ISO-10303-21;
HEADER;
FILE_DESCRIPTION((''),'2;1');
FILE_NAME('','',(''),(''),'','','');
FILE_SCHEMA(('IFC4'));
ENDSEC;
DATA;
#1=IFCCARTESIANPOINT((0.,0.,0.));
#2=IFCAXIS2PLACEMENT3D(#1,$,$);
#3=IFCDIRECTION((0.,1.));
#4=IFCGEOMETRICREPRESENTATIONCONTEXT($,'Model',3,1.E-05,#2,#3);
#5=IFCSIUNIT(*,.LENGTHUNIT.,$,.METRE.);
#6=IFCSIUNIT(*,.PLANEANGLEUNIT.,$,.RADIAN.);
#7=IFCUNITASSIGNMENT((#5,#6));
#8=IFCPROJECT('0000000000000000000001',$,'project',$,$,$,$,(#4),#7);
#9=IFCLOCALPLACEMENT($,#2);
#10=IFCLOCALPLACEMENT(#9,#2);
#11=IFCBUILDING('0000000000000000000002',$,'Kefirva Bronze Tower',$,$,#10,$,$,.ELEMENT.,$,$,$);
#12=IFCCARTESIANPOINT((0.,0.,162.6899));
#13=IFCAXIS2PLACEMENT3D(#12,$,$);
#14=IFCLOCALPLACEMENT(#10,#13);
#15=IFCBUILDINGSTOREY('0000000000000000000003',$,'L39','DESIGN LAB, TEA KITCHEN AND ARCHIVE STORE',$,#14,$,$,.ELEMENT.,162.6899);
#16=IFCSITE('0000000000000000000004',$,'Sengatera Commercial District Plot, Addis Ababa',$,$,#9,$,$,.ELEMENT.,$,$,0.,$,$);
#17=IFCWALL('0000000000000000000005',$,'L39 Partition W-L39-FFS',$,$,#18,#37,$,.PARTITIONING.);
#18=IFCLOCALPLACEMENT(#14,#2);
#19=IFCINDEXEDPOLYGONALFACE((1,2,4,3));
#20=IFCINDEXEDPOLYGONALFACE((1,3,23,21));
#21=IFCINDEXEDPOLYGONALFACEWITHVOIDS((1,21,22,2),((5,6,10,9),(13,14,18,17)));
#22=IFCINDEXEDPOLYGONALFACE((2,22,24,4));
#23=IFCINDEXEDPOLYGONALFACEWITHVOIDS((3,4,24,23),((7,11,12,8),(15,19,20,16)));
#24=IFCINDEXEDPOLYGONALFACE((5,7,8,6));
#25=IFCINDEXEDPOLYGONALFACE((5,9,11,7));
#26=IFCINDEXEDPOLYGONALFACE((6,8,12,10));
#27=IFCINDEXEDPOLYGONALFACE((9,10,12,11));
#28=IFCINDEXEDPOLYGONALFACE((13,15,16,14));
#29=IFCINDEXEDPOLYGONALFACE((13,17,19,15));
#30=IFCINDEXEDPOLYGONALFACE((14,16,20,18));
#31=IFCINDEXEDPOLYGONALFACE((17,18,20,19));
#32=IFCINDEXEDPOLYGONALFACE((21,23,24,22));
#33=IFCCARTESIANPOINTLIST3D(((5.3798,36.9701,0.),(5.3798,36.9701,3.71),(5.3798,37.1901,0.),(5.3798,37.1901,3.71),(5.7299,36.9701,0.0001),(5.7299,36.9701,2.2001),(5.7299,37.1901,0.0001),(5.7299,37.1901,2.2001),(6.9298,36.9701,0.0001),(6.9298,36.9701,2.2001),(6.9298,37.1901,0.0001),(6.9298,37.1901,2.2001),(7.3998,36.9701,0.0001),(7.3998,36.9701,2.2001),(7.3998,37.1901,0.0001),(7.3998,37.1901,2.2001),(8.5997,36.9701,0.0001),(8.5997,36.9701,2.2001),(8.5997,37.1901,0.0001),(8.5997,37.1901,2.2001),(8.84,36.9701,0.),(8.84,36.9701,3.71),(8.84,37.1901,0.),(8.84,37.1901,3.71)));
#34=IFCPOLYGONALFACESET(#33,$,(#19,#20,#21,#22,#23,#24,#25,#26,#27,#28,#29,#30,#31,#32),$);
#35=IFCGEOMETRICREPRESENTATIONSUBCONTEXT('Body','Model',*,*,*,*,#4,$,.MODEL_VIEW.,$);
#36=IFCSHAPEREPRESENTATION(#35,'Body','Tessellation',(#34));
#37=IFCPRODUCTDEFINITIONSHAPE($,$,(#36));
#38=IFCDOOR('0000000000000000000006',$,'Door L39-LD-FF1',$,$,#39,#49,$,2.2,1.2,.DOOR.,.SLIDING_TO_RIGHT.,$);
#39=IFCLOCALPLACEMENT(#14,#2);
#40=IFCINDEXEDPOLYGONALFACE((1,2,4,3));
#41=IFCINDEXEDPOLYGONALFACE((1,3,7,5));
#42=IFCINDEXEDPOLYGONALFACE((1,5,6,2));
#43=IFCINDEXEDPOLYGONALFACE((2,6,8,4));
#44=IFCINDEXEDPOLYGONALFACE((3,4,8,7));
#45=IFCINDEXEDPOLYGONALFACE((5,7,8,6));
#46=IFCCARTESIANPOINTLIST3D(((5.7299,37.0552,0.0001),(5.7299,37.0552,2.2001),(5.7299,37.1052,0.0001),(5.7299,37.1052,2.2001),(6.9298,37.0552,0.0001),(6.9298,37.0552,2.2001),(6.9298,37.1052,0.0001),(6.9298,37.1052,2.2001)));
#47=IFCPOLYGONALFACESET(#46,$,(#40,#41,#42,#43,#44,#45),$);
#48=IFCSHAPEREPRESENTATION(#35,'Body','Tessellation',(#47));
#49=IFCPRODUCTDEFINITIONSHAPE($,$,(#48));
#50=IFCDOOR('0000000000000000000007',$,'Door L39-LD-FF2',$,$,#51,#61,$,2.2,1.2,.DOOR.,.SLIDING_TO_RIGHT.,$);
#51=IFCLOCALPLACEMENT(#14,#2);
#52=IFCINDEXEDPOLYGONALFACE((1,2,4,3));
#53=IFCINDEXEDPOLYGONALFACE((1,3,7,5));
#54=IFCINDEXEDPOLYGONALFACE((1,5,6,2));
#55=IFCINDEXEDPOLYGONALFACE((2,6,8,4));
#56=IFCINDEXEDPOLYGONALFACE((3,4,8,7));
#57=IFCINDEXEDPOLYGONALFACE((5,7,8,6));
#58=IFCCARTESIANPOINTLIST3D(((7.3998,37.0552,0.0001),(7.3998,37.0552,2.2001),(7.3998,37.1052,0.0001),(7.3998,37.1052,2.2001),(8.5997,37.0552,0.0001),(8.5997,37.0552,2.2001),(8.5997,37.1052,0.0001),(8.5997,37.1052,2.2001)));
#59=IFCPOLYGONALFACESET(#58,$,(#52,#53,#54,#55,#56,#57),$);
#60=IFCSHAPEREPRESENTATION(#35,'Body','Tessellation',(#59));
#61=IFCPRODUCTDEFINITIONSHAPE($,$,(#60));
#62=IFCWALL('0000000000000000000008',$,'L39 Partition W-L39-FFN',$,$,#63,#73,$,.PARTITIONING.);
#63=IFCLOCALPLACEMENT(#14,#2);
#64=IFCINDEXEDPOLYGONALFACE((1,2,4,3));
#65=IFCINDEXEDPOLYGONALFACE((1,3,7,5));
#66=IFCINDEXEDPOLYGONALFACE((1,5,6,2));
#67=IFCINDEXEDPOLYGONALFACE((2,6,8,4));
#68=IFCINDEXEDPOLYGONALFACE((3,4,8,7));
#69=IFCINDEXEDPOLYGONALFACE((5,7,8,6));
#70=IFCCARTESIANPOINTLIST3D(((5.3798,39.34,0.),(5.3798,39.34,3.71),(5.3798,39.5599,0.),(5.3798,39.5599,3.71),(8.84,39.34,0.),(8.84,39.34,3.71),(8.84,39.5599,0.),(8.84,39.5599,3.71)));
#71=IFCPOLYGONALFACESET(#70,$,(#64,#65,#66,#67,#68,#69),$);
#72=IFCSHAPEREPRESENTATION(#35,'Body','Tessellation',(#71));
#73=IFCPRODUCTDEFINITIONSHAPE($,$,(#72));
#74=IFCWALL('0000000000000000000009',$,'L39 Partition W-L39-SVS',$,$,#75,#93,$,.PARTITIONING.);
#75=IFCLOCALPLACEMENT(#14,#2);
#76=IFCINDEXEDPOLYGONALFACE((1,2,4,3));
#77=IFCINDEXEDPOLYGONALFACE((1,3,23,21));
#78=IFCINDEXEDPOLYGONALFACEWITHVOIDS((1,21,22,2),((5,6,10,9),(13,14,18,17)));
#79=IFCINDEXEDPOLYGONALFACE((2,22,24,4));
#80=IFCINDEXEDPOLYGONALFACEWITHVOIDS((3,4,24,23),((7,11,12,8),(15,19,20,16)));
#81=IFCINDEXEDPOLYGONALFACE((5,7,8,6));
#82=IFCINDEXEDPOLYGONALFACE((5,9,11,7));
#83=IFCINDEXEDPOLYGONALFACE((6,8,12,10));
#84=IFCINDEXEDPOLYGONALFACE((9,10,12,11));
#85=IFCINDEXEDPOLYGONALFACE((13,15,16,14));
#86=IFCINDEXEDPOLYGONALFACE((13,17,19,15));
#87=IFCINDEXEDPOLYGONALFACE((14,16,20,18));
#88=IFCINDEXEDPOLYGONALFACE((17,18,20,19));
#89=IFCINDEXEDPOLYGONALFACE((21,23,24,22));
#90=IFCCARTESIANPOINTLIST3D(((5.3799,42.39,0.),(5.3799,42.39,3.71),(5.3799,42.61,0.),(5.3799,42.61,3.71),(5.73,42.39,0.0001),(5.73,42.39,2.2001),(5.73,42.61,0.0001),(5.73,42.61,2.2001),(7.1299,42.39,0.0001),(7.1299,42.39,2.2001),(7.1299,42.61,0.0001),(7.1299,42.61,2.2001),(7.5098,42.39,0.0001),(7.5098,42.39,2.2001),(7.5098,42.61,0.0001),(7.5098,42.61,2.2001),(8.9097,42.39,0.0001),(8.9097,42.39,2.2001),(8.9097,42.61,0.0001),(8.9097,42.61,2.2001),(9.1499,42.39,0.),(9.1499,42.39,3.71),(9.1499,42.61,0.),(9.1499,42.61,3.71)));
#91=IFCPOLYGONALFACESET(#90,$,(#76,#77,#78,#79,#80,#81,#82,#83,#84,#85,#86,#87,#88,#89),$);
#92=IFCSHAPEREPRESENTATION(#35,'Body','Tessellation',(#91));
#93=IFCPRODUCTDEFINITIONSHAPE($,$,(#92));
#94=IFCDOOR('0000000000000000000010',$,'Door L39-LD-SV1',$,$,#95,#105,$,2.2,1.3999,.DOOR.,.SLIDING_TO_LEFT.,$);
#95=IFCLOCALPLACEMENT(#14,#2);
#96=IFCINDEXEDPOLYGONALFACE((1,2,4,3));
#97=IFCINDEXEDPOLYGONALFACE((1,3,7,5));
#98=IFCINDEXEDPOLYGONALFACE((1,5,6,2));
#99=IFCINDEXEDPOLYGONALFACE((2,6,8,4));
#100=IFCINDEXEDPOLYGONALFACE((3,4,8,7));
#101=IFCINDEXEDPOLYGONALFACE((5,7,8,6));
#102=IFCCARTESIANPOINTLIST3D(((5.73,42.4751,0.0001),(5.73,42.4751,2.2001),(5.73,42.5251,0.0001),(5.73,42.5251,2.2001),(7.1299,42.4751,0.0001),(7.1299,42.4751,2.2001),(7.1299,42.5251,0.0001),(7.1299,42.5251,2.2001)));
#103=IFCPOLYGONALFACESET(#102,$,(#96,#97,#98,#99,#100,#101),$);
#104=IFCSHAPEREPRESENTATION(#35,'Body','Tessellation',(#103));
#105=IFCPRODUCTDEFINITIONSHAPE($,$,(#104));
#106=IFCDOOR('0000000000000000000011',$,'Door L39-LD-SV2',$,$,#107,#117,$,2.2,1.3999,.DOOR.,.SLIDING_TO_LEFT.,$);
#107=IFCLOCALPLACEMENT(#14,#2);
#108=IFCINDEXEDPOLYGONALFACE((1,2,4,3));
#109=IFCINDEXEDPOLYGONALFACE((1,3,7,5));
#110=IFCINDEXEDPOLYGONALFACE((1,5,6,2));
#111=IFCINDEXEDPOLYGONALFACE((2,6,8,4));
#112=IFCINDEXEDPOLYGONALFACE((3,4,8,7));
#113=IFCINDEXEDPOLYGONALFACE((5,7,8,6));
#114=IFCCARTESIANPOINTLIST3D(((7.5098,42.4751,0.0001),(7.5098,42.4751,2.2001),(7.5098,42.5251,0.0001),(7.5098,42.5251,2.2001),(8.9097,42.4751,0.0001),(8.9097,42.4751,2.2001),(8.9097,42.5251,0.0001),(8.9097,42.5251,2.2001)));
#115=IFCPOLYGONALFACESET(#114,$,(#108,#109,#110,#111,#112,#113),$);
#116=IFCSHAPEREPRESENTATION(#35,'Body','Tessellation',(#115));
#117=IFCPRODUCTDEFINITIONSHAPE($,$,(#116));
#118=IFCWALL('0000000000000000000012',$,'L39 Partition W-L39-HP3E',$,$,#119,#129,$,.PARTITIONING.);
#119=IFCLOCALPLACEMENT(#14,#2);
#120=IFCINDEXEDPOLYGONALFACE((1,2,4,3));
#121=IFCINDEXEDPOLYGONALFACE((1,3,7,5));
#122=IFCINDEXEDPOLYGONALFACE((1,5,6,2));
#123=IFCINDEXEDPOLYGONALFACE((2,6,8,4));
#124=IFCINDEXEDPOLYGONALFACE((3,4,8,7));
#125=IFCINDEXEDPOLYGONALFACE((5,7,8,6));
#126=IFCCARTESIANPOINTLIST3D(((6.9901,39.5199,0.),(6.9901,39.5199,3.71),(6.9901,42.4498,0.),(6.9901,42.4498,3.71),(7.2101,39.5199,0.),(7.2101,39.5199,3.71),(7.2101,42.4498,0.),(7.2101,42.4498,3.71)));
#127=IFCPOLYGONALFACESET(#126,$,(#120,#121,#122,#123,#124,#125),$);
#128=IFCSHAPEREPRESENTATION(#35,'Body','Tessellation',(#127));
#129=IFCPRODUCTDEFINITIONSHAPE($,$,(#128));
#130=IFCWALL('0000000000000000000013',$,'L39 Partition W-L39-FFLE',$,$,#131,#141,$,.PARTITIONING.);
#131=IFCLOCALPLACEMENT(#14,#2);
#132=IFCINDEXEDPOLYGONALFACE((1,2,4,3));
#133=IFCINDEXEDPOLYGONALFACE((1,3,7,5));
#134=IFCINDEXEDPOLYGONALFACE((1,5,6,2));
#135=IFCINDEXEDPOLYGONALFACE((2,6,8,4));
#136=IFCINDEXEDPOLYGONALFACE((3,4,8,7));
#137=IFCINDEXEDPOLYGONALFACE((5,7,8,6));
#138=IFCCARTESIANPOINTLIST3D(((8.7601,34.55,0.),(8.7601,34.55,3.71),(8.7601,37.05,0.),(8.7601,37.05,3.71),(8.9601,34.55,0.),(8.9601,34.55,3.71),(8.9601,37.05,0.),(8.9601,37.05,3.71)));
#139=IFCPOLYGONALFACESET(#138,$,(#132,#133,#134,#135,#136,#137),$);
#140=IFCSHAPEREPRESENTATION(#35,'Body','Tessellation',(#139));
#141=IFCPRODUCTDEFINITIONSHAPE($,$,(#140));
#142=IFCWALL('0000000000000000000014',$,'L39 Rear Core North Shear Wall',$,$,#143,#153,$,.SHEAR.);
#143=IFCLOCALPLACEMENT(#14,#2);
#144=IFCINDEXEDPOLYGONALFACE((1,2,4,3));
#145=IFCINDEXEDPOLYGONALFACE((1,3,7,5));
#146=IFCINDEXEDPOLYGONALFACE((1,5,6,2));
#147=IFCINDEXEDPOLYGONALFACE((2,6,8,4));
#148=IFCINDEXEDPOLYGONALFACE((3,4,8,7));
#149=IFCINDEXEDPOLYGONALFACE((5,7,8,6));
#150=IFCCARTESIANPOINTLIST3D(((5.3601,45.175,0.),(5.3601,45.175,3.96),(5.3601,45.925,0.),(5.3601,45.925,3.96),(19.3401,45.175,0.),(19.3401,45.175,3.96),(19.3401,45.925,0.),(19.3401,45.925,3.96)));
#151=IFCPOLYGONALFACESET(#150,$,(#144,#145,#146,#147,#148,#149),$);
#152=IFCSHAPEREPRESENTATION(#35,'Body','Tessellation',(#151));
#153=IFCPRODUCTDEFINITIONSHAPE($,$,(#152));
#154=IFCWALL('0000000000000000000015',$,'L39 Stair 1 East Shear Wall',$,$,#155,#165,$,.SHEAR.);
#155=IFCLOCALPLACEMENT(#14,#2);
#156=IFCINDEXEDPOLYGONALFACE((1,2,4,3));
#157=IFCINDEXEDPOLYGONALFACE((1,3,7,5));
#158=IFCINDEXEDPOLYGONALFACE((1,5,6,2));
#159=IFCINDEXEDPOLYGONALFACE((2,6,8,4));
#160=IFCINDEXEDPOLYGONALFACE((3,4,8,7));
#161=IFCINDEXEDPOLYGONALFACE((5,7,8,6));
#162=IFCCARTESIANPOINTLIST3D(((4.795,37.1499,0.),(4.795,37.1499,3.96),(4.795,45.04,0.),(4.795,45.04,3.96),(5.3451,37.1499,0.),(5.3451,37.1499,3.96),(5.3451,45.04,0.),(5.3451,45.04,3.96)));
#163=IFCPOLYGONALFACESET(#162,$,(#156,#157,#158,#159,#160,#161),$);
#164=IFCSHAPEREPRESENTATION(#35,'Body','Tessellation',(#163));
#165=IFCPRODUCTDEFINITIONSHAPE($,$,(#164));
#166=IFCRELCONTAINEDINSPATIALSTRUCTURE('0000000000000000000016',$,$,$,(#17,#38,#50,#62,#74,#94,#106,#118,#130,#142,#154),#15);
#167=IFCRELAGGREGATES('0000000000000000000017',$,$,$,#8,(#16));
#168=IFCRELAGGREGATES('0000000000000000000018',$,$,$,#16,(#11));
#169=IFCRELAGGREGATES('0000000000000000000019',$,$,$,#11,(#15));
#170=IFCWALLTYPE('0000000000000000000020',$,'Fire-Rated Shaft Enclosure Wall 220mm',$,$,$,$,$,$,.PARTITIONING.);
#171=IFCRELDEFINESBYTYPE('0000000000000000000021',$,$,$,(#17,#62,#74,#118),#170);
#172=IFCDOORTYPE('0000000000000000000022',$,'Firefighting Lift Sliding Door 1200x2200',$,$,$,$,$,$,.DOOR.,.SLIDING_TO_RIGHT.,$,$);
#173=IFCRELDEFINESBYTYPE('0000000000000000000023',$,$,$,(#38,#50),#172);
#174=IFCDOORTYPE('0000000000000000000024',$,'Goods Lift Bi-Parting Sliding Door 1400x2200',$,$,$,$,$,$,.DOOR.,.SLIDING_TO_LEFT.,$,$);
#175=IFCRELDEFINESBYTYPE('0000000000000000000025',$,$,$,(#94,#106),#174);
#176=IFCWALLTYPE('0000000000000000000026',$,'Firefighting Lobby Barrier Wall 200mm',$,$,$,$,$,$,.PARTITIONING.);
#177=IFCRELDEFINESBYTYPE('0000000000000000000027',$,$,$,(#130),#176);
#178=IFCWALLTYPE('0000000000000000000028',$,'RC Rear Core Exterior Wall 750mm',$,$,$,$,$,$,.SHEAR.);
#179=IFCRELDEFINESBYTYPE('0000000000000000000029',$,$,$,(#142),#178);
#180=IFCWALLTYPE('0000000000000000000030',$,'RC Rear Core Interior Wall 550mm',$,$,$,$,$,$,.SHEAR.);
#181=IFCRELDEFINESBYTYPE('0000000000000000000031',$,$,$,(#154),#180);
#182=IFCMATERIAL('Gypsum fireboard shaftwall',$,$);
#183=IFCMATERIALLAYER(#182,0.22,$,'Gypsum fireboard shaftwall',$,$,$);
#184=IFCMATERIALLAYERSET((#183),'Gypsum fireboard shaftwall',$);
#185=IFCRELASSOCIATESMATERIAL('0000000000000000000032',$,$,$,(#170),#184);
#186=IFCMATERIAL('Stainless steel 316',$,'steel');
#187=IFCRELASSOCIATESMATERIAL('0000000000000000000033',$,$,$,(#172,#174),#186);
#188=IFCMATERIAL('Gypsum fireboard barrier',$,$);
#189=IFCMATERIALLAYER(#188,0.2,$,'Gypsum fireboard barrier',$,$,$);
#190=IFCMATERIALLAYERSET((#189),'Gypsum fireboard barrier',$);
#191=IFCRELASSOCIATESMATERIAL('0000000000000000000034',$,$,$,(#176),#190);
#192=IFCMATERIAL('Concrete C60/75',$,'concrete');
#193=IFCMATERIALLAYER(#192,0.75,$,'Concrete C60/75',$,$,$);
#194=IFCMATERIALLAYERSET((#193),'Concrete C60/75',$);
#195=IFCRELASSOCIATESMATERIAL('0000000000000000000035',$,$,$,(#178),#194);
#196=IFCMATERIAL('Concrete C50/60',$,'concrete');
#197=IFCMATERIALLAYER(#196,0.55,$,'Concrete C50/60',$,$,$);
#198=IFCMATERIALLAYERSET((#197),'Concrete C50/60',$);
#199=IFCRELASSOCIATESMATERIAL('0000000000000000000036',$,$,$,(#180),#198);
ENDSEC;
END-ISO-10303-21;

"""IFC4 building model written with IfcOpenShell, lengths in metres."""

from ifc_helpers import new_model, si_unit, direction, frame, frame_2d, origin, place, context, subcontext, project, spatial, rectangle, extrude, material, layer, layer_set, type_object, element, fill, save


model = new_model("IFC4")

# Units and contexts
model_context = context("Model", 3, precision=1e-05, world=origin(), true_north=direction((0.0, 1.0)))
body_context = subcontext(model_context, "Body", "Model", "MODEL_VIEW")
ifc_project = project(units=[si_unit("LENGTHUNIT", "METRE"), si_unit("PLANEANGLEUNIT", "RADIAN")], contexts=[model_context])

# Site, building, storey
site_placement = place(None, origin())
site = spatial("IfcSite", under=ifc_project, at=site_placement, Name="Sengatera Commercial District Plot, Addis Ababa", CompositionType="ELEMENT", RefElevation=0.0)
building_placement = place(site_placement, origin())
building = spatial("IfcBuilding", under=site, at=building_placement, Name="Kefirva Bronze Tower", CompositionType="ELEMENT")
storey_placement = place(building_placement, frame((0.0, 0.0, 162.6899)))
storey = spatial("IfcBuildingStorey", under=building, at=storey_placement, Name="L39", Description="DESIGN LAB, TEA KITCHEN AND ARCHIVE STORE", CompositionType="ELEMENT", Elevation=162.6899)

# Wall, openings, doors
ifc_material_1 = material(Name="Gypsum fireboard shaftwall")
ifc_layer_1 = layer(ifc_material_1, 0.22, Name="Gypsum fireboard shaftwall")
ifc_layer_set_1 = layer_set([ifc_layer_1], Name="Gypsum fireboard shaftwall")
wall_type_1 = type_object("IfcWallType", Name="Fire-Rated Shaft Enclosure Wall 220mm", PredefinedType="PARTITIONING", material=ifc_layer_set_1)
wall_1_placement = place(storey_placement, frame((5.3799, 37.0801, 0.0), z_axis=(0.0, 0.0, 1.0), x_axis=(1.0, 0.0, 0.0)))
wall_1 = element("IfcWall", 1, at=wall_1_placement, inside=storey, type_object=wall_type_1, Name="L39 Partition W-L39-FFS", PredefinedType="PARTITIONING", context=body_context, shape_type="SweptSolid", body=[
    extrude(rectangle(XDim=3.4602, YDim=0.22, at=frame_2d((1.73, 0.0))), origin(), (0.0, 0.0, 1.0), 3.71),
])
opening_1_placement = place(wall_1_placement, frame((1.55, 0.0, 0.0), z_axis=(0.0, 0.0, 1.0), x_axis=(-1.0, 0.0, 0.0)))
opening_1 = element("IfcOpeningElement", 2, at=opening_1_placement, cuts=wall_1, PredefinedType="OPENING", context=body_context, shape_type="SweptSolid", body=[
    extrude(rectangle(XDim=1.2, YDim=2.2, at=frame_2d((0.6001, 1.1001))), frame((0.0, 0.1201, 0.0), z_axis=(0.0, -1.0, 0.0), x_axis=(1.0, 0.0, 0.0)), (0.0, 0.0, 1.0), 0.24),
])
opening_2_placement = place(wall_1_placement, frame((3.22, 0.0, 0.0), z_axis=(0.0, 0.0, 1.0), x_axis=(-1.0, 0.0, 0.0)))
opening_2 = element("IfcOpeningElement", 3, at=opening_2_placement, cuts=wall_1, PredefinedType="OPENING", context=body_context, shape_type="SweptSolid", body=[
    extrude(rectangle(XDim=1.2, YDim=2.2, at=frame_2d((0.6001, 1.1001))), frame((0.0, 0.1201, 0.0), z_axis=(0.0, -1.0, 0.0), x_axis=(1.0, 0.0, 0.0)), (0.0, 0.0, 1.0), 0.24),
])
ifc_material_2 = material(Name="Stainless steel 316", Category="steel")
door_type_1 = type_object("IfcDoorType", Name="Firefighting Lift Sliding Door 1200x2200", OperationType="SLIDING_TO_RIGHT", PredefinedType="DOOR", material=ifc_material_2)
door_1_placement = place(opening_1_placement, origin())
door_1 = element("IfcDoor", 4, at=door_1_placement, inside=storey, type_object=door_type_1, Name="Door L39-LD-FF1", OperationType="SLIDING_TO_RIGHT", OverallHeight=2.2, OverallWidth=1.2, PredefinedType="DOOR", context=body_context, shape_type="SweptSolid", body=[
    extrude(rectangle(XDim=1.2, YDim=2.2, at=frame_2d((0.6001, 1.1001))), frame((0.0, 0.0249, 0.0), z_axis=(0.0, -1.0, 0.0), x_axis=(1.0, 0.0, 0.0)), (0.0, 0.0, 1.0), 0.05),
])
fill(opening_1, door_1)
door_2_placement = place(opening_2_placement, origin())
door_2 = element("IfcDoor", 5, at=door_2_placement, inside=storey, type_object=door_type_1, Name="Door L39-LD-FF2", OperationType="SLIDING_TO_RIGHT", OverallHeight=2.2, OverallWidth=1.2, PredefinedType="DOOR", context=body_context, shape_type="SweptSolid", body=[
    extrude(rectangle(XDim=1.2, YDim=2.2, at=frame_2d((0.6001, 1.1001))), frame((0.0, 0.0249, 0.0), z_axis=(0.0, -1.0, 0.0), x_axis=(1.0, 0.0, 0.0)), (0.0, 0.0, 1.0), 0.05),
])
fill(opening_2, door_2)

# Wall
wall_2_placement = place(storey_placement, frame((5.3799, 39.45, 0.0), z_axis=(0.0, 0.0, 1.0), x_axis=(1.0, 0.0, 0.0)))
element("IfcWall", 6, at=wall_2_placement, inside=storey, type_object=wall_type_1, Name="L39 Partition W-L39-FFN", PredefinedType="PARTITIONING", context=body_context, shape_type="SweptSolid", body=[
    extrude(rectangle(XDim=3.4602, YDim=0.22, at=frame_2d((1.73, 0.0))), origin(), (0.0, 0.0, 1.0), 3.71),
])

# Wall, openings, doors
wall_3_placement = place(storey_placement, frame((5.3799, 42.5, 0.0), z_axis=(0.0, 0.0, 1.0), x_axis=(1.0, 0.0, 0.0)))
wall_3 = element("IfcWall", 7, at=wall_3_placement, inside=storey, type_object=wall_type_1, Name="L39 Partition W-L39-SVS", PredefinedType="PARTITIONING", context=body_context, shape_type="SweptSolid", body=[
    extrude(rectangle(XDim=3.77, YDim=0.22, at=frame_2d((1.885, 0.0))), origin(), (0.0, 0.0, 1.0), 3.71),
])
opening_3_placement = place(wall_3_placement, frame((1.75, 0.0, 0.0), z_axis=(0.0, 0.0, 1.0), x_axis=(-1.0, 0.0, 0.0)))
opening_3 = element("IfcOpeningElement", 8, at=opening_3_placement, cuts=wall_3, PredefinedType="OPENING", context=body_context, shape_type="SweptSolid", body=[
    extrude(rectangle(XDim=1.3999, YDim=2.2, at=frame_2d((0.7, 1.1001))), frame((0.0, 0.1201, 0.0), z_axis=(0.0, -1.0, 0.0), x_axis=(1.0, 0.0, 0.0)), (0.0, 0.0, 1.0), 0.24),
])
opening_4_placement = place(wall_3_placement, frame((3.5298, 0.0, 0.0), z_axis=(0.0, 0.0, 1.0), x_axis=(-1.0, 0.0, 0.0)))
opening_4 = element("IfcOpeningElement", 9, at=opening_4_placement, cuts=wall_3, PredefinedType="OPENING", context=body_context, shape_type="SweptSolid", body=[
    extrude(rectangle(XDim=1.3999, YDim=2.2, at=frame_2d((0.7, 1.1001))), frame((0.0, 0.1201, 0.0), z_axis=(0.0, -1.0, 0.0), x_axis=(1.0, 0.0, 0.0)), (0.0, 0.0, 1.0), 0.24),
])
door_type_2 = type_object("IfcDoorType", Name="Goods Lift Bi-Parting Sliding Door 1400x2200", OperationType="SLIDING_TO_LEFT", PredefinedType="DOOR", material=ifc_material_2)
door_3_placement = place(opening_3_placement, origin())
door_3 = element("IfcDoor", 10, at=door_3_placement, inside=storey, type_object=door_type_2, Name="Door L39-LD-SV1", OperationType="SLIDING_TO_LEFT", OverallHeight=2.2, OverallWidth=1.3999, PredefinedType="DOOR", context=body_context, shape_type="SweptSolid", body=[
    extrude(rectangle(XDim=1.3999, YDim=2.2, at=frame_2d((0.7, 1.1001))), frame((0.0, 0.0249, 0.0), z_axis=(0.0, -1.0, 0.0), x_axis=(1.0, 0.0, 0.0)), (0.0, 0.0, 1.0), 0.05),
])
fill(opening_3, door_3)
door_4_placement = place(opening_4_placement, origin())
door_4 = element("IfcDoor", 11, at=door_4_placement, inside=storey, type_object=door_type_2, Name="Door L39-LD-SV2", OperationType="SLIDING_TO_LEFT", OverallHeight=2.2, OverallWidth=1.3999, PredefinedType="DOOR", context=body_context, shape_type="SweptSolid", body=[
    extrude(rectangle(XDim=1.3999, YDim=2.2, at=frame_2d((0.7, 1.1001))), frame((0.0, 0.0249, 0.0), z_axis=(0.0, -1.0, 0.0), x_axis=(1.0, 0.0, 0.0)), (0.0, 0.0, 1.0), 0.05),
])
fill(opening_4, door_4)

# Walls
wall_4_placement = place(storey_placement, frame((7.1001, 39.52, 0.0), z_axis=(0.0, 0.0, 1.0), x_axis=(0.0, 1.0, 0.0)))
element("IfcWall", 12, at=wall_4_placement, inside=storey, type_object=wall_type_1, Name="L39 Partition W-L39-HP3E", PredefinedType="PARTITIONING", context=body_context, shape_type="SweptSolid", body=[
    extrude(rectangle(XDim=2.9299, YDim=0.22, at=frame_2d((1.4648, 0.0))), origin(), (0.0, 0.0, 1.0), 3.71),
])
ifc_material_3 = material(Name="Gypsum fireboard barrier")
ifc_layer_2 = layer(ifc_material_3, 0.2, Name="Gypsum fireboard barrier")
ifc_layer_set_2 = layer_set([ifc_layer_2], Name="Gypsum fireboard barrier")
wall_type_2 = type_object("IfcWallType", Name="Firefighting Lobby Barrier Wall 200mm", PredefinedType="PARTITIONING", material=ifc_layer_set_2)
wall_5_placement = place(storey_placement, frame((8.8601, 34.55, 0.0), z_axis=(0.0, 0.0, 1.0), x_axis=(0.0, 1.0, 0.0)))
element("IfcWall", 13, at=wall_5_placement, inside=storey, type_object=wall_type_2, Name="L39 Partition W-L39-FFLE", PredefinedType="PARTITIONING", context=body_context, shape_type="SweptSolid", body=[
    extrude(rectangle(XDim=2.5, YDim=0.2, at=frame_2d((1.25, 0.0))), origin(), (0.0, 0.0, 1.0), 3.71),
])

# Walls
ifc_material_4 = material(Name="Concrete C60/75", Category="concrete")
ifc_layer_3 = layer(ifc_material_4, 0.75, Name="Concrete C60/75")
ifc_layer_set_3 = layer_set([ifc_layer_3], Name="Concrete C60/75")
wall_type_3 = type_object("IfcWallType", Name="RC Rear Core Exterior Wall 750mm", PredefinedType="SHEAR", material=ifc_layer_set_3)
wall_6_placement = place(storey_placement, frame((5.3601, 45.55, 0.0), z_axis=(0.0, 0.0, 1.0), x_axis=(1.0, 0.0, 0.0)))
element("IfcWall", 14, at=wall_6_placement, inside=storey, type_object=wall_type_3, Name="L39 Rear Core North Shear Wall", PredefinedType="SHEAR", context=body_context, shape_type="SweptSolid", body=[
    extrude(rectangle(XDim=13.98, YDim=0.75, at=frame_2d((6.99, 0.0))), origin(), (0.0, 0.0, 1.0), 3.96),
])
ifc_material_5 = material(Name="Concrete C50/60", Category="concrete")
ifc_layer_4 = layer(ifc_material_5, 0.55, Name="Concrete C50/60")
ifc_layer_set_4 = layer_set([ifc_layer_4], Name="Concrete C50/60")
wall_type_4 = type_object("IfcWallType", Name="RC Rear Core Interior Wall 550mm", PredefinedType="SHEAR", material=ifc_layer_set_4)
wall_7_placement = place(storey_placement, frame((5.0701, 37.1499, 0.0), z_axis=(0.0, 0.0, 1.0), x_axis=(0.0, 1.0, 0.0)))
element("IfcWall", 15, at=wall_7_placement, inside=storey, type_object=wall_type_4, Name="L39 Stair 1 East Shear Wall", PredefinedType="SHEAR", context=body_context, shape_type="SweptSolid", body=[
    extrude(rectangle(XDim=7.8901, YDim=0.55, at=frame_2d((3.9451, 0.0))), origin(), (0.0, 0.0, 1.0), 3.96),
])

save(model, "model.ifc")
